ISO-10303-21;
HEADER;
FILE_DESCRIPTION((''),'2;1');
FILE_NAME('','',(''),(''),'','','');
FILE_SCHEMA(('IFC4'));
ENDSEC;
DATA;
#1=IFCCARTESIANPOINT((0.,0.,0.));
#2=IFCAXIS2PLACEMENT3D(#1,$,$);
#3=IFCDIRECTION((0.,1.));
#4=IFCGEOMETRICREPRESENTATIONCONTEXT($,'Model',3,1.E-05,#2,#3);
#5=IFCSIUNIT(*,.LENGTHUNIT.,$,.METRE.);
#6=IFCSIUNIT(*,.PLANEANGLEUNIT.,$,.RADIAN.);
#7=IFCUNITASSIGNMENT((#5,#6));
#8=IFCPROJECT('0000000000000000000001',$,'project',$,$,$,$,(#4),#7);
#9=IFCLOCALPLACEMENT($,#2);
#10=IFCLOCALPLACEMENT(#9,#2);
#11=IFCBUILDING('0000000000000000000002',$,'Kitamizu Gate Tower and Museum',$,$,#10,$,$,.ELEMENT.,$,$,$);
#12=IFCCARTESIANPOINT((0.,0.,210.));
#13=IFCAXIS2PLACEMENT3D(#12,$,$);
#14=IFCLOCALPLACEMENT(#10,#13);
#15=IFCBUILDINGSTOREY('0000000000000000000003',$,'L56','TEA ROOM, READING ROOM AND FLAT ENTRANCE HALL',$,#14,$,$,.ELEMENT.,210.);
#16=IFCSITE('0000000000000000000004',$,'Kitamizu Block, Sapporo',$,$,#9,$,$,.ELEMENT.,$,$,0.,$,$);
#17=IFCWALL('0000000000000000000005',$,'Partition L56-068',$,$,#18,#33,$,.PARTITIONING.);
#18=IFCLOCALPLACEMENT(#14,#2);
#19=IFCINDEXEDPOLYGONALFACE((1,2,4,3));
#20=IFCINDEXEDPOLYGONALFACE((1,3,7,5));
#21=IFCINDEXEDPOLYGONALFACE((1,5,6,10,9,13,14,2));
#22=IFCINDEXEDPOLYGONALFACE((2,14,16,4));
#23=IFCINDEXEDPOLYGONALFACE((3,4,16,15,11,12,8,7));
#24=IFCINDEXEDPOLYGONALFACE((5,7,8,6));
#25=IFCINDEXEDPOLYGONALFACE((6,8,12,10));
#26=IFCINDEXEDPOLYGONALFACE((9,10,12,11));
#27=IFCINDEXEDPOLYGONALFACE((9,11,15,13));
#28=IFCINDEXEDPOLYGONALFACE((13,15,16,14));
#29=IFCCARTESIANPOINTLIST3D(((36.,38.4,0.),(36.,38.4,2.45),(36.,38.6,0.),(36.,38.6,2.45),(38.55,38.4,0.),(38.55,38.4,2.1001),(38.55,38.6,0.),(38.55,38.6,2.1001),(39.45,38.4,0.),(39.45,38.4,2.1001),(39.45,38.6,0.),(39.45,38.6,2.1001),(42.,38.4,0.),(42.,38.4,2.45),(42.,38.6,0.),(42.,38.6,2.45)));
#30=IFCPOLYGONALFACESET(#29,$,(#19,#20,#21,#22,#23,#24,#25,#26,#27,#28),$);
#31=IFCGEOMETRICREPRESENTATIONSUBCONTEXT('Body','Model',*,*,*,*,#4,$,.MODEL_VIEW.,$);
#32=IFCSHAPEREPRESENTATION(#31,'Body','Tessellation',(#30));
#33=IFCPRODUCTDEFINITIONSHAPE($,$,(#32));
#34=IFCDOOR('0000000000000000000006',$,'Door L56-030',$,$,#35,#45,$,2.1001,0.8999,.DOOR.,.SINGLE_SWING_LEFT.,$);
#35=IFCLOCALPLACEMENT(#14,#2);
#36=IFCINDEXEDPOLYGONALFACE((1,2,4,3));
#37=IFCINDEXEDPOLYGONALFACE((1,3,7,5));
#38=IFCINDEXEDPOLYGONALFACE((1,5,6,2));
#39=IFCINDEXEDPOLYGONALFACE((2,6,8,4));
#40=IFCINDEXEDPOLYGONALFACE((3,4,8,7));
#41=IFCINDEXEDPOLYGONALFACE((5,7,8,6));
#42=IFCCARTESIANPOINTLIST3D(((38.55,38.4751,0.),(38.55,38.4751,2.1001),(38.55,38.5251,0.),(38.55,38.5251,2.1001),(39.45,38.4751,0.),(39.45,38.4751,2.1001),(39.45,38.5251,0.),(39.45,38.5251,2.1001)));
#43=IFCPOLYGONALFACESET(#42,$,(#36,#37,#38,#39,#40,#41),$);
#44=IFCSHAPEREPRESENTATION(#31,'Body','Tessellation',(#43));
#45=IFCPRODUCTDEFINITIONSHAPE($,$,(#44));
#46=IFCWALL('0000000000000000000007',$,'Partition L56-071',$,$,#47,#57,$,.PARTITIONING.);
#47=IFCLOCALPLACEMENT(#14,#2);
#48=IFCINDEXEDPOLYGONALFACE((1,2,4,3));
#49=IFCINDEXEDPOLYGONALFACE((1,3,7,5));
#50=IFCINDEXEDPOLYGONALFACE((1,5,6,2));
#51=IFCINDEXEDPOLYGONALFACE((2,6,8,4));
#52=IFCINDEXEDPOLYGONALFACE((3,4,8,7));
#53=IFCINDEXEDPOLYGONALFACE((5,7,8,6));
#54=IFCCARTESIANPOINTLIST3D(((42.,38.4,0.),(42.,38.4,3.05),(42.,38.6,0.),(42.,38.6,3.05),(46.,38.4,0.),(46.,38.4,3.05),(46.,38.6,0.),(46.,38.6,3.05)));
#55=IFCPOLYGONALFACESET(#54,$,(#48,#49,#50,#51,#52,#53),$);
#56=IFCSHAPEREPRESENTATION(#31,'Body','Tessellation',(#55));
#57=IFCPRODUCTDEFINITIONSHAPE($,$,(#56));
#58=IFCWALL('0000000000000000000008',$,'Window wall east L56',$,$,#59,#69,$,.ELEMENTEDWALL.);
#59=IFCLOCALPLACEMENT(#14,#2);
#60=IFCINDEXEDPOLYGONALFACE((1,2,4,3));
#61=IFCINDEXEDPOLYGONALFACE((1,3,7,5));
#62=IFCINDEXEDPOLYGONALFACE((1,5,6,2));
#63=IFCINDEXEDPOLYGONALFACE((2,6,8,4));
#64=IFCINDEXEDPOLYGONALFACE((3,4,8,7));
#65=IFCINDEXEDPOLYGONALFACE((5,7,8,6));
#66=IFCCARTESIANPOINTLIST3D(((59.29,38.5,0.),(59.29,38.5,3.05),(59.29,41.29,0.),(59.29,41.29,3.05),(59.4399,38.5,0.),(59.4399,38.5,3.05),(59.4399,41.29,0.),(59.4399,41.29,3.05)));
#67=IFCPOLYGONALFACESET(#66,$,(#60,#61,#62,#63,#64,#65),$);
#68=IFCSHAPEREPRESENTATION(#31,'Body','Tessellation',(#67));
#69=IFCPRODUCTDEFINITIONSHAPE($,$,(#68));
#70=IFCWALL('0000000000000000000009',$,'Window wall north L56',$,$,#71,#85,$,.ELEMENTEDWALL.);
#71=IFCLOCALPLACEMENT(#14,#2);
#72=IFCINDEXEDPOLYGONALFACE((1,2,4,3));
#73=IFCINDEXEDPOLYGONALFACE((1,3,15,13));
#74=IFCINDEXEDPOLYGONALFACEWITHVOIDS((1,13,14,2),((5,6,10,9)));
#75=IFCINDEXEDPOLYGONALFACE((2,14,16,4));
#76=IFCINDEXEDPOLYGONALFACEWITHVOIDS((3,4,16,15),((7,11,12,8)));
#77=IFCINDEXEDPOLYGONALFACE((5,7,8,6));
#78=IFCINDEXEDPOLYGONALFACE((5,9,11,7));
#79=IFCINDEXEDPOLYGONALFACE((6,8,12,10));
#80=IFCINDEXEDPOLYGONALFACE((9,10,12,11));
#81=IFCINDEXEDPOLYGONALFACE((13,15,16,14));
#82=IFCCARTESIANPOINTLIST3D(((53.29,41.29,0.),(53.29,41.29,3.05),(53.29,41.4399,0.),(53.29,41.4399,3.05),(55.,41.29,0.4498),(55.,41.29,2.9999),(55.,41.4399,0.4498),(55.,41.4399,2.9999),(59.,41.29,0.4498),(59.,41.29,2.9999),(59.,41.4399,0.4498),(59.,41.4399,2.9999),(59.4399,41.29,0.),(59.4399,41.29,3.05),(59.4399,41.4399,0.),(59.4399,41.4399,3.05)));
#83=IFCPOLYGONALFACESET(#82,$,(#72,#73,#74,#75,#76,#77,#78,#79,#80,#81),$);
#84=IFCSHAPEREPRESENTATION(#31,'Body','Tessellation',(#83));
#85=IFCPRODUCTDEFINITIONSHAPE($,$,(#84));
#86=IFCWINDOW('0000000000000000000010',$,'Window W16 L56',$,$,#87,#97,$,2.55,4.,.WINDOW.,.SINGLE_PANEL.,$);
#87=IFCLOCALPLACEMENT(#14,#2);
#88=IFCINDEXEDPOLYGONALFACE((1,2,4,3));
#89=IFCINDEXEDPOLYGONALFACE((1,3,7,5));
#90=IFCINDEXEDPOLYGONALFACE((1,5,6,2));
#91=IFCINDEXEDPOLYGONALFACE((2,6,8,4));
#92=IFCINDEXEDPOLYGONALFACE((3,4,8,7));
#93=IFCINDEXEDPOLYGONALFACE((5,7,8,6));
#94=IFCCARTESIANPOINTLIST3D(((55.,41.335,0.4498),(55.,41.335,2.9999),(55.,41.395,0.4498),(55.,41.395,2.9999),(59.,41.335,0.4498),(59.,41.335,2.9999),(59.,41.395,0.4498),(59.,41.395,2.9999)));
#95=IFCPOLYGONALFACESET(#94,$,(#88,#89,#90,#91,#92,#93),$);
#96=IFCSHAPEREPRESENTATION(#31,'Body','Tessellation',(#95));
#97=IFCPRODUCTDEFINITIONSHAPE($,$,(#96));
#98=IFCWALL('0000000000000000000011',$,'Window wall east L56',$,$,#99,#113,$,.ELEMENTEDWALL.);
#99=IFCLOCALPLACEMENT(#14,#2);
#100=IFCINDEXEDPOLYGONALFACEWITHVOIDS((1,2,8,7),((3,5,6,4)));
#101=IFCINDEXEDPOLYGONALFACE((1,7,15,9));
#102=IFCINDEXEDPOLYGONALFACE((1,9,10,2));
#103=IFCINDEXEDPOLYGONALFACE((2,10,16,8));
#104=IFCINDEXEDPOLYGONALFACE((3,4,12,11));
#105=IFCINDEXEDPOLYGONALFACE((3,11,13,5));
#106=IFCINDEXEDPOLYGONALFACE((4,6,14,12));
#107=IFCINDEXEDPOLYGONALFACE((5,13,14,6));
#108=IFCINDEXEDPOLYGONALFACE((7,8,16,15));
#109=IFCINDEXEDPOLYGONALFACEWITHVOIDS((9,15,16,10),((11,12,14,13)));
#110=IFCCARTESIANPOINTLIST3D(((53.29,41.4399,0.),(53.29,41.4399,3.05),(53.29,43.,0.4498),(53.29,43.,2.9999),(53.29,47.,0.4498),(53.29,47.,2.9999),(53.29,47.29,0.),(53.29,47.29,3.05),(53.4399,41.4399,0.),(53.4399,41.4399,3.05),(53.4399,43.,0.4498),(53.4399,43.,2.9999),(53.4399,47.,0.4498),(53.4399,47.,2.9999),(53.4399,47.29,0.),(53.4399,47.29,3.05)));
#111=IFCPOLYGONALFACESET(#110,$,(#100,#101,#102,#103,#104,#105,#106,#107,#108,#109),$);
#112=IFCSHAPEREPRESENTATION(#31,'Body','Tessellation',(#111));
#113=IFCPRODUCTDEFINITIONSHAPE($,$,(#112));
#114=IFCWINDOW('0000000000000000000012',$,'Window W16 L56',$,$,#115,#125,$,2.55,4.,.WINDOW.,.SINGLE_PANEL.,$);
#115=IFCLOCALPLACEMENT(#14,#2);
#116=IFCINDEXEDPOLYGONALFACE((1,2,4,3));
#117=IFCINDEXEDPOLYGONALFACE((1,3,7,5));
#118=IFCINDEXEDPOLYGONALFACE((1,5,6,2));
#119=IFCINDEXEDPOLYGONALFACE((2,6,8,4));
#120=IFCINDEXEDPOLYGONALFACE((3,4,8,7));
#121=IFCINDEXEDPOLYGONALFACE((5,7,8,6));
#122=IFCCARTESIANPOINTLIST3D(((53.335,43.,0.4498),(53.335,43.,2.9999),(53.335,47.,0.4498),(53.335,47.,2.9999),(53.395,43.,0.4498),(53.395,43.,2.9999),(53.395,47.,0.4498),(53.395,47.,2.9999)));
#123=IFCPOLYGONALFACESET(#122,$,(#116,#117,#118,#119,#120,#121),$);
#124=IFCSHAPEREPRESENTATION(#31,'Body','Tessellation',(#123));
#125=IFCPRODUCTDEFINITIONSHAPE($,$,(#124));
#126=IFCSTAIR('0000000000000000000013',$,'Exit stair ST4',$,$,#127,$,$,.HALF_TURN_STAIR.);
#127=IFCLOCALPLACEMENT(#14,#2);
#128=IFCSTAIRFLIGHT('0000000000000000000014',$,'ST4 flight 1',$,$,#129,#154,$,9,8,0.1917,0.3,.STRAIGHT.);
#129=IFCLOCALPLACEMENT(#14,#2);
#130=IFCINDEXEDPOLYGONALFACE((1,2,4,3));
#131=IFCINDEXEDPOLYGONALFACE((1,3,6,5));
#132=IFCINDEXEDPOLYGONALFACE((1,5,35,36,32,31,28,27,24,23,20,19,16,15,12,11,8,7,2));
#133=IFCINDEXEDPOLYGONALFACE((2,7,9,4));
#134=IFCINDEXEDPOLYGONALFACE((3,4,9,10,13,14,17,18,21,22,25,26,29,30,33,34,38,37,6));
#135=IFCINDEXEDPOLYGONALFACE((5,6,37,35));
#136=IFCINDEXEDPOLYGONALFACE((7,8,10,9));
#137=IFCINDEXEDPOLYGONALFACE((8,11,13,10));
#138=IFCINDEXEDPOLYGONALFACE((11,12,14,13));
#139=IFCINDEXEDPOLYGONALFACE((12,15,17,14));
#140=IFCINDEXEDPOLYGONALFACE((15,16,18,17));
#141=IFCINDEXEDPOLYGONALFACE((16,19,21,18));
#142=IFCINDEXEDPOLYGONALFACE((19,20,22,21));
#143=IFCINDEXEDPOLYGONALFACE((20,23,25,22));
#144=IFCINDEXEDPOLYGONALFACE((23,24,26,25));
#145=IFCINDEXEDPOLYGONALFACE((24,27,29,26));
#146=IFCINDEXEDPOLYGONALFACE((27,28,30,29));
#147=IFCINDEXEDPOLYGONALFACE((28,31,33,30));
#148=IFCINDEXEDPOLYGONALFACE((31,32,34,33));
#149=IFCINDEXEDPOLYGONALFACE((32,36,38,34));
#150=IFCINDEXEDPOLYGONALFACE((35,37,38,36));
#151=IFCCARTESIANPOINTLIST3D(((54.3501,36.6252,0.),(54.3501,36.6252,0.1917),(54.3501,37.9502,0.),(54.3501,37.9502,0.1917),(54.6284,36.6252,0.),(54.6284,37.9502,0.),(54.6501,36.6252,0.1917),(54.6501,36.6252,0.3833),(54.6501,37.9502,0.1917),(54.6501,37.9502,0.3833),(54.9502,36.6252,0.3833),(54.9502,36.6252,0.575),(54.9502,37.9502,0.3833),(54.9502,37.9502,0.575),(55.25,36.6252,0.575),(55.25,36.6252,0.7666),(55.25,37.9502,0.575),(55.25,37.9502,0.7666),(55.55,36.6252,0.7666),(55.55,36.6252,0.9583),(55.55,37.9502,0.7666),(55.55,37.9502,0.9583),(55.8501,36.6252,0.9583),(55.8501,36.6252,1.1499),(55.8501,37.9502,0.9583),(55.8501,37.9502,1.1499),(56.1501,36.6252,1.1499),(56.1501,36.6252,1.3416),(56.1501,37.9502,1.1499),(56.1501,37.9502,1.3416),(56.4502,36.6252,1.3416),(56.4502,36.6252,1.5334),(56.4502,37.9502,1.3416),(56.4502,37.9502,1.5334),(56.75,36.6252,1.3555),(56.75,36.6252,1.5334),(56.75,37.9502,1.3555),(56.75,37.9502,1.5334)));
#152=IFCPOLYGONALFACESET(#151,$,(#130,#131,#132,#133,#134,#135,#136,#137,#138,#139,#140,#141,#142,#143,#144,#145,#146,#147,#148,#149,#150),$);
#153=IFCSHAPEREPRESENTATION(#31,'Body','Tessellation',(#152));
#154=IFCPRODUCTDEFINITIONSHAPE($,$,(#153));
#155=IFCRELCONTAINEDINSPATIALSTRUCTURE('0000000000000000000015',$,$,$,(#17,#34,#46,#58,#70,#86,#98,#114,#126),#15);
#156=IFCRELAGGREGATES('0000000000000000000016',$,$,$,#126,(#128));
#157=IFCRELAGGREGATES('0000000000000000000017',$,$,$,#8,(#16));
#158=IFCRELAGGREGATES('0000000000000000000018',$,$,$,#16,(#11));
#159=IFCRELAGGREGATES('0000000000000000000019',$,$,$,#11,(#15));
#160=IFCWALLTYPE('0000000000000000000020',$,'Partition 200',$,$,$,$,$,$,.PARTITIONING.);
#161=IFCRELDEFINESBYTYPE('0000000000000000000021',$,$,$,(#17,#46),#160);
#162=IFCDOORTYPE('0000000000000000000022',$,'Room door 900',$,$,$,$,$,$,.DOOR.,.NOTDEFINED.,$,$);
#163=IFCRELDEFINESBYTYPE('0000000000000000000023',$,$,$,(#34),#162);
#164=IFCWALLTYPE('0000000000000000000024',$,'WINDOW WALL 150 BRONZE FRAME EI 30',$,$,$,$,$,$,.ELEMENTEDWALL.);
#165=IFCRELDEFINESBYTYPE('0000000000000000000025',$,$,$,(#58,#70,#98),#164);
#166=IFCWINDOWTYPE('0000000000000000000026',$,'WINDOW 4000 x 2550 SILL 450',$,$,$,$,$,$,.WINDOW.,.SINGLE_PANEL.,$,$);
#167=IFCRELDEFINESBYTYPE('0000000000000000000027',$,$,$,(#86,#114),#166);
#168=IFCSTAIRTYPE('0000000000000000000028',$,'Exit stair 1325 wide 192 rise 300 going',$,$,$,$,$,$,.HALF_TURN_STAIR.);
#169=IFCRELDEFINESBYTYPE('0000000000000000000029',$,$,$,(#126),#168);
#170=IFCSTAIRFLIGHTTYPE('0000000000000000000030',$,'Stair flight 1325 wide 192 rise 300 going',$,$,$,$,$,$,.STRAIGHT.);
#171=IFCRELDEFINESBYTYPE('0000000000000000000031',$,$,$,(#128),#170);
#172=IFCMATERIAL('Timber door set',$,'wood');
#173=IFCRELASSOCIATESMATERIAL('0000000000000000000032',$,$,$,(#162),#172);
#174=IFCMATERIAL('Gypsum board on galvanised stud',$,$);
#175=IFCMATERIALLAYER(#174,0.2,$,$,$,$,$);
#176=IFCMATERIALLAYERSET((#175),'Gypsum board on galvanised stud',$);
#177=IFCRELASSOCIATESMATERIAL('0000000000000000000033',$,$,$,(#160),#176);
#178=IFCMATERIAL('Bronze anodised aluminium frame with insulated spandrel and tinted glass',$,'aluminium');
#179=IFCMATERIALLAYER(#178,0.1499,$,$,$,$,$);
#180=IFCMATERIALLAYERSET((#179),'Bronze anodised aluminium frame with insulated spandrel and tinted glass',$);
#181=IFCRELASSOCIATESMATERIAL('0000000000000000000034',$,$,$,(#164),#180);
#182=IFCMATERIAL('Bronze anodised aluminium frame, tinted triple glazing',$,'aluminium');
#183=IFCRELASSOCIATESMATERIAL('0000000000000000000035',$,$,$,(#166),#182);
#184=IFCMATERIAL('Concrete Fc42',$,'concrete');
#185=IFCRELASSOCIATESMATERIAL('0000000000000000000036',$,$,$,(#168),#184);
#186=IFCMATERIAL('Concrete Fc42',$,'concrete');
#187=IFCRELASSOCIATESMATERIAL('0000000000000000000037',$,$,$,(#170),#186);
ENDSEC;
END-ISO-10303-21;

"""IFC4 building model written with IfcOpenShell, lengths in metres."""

from ifc_helpers import new_model, si_unit, direction, frame, frame_2d, origin, place, context, subcontext, project, spatial, polyline, rectangle, outline, extrude, material, layer, layer_set, type_object, element, fill, aggregate, save


model = new_model("IFC4")

# Units and contexts
model_context = context("Model", 3, precision=1e-05, world=origin(), true_north=direction((0.0, 1.0)))
body_context = subcontext(model_context, "Body", "Model", "MODEL_VIEW")
ifc_project = project(units=[si_unit("LENGTHUNIT", "METRE"), si_unit("PLANEANGLEUNIT", "RADIAN")], contexts=[model_context])

# Site, building, storey
site_placement = place(None, origin())
site = spatial("IfcSite", under=ifc_project, at=site_placement, Name="Kitamizu Block, Sapporo", CompositionType="ELEMENT", RefElevation=0.0)
building_placement = place(site_placement, origin())
building = spatial("IfcBuilding", under=site, at=building_placement, Name="Kitamizu Gate Tower and Museum", CompositionType="ELEMENT")
storey_placement = place(building_placement, frame((0.0, 0.0, 210.0)))
storey = spatial("IfcBuildingStorey", under=building, at=storey_placement, Name="L56", Description="TEA ROOM, READING ROOM AND FLAT ENTRANCE HALL", CompositionType="ELEMENT", Elevation=210.0)

# Shared definitions
ifc_material_1 = material(Name="Timber door set", Category="wood")
door_type_1 = type_object("IfcDoorType", Name="Room door 900", OperationType="NOTDEFINED", PredefinedType="DOOR", material=ifc_material_1)
ifc_material_2 = material(Name="Gypsum board on galvanised stud")
ifc_layer_1 = layer(ifc_material_2, 0.2)
ifc_layer_set_1 = layer_set([ifc_layer_1], Name="Gypsum board on galvanised stud")
wall_type_1 = type_object("IfcWallType", Name="Partition 200", PredefinedType="PARTITIONING", material=ifc_layer_set_1)

# Wall, opening, door
wall_1_placement = place(storey_placement, frame((42.0, 38.5, 0.0), z_axis=(0.0, 0.0, 1.0), x_axis=(-1.0, 0.0, 0.0)))
wall_1 = element("IfcWall", 1, at=wall_1_placement, inside=storey, type_object=wall_type_1, Name="Partition L56-068", PredefinedType="PARTITIONING", context=body_context, shape_type="SweptSolid", body=[
    extrude(rectangle(XDim=6.0, YDim=0.2, at=frame_2d((3.0, 0.0))), origin(), (0.0, 0.0, 1.0), 2.45),
])
opening_1_placement = place(wall_1_placement, frame((2.55, 0.0, 0.0)))
opening_1 = element("IfcOpeningElement", 2, at=opening_1_placement, cuts=wall_1, PredefinedType="OPENING", context=body_context, shape_type="SweptSolid", body=[
    extrude(rectangle(XDim=0.8999, YDim=2.1001, at=frame_2d((0.45, 1.05))), frame((0.0, 0.1099, 0.0), z_axis=(0.0, -1.0, 0.0), x_axis=(1.0, 0.0, 0.0)), (0.0, 0.0, 1.0), 0.22),
])
door_1_placement = place(opening_1_placement, origin())
door_1 = element("IfcDoor", 3, at=door_1_placement, inside=storey, type_object=door_type_1, Name="Door L56-030", OperationType="SINGLE_SWING_LEFT", OverallHeight=2.1001, OverallWidth=0.8999, PredefinedType="DOOR", context=body_context, shape_type="SweptSolid", body=[
    extrude(rectangle(XDim=0.8999, YDim=2.1001, at=frame_2d((0.45, 1.05))), frame((0.0, 0.0249, 0.0), z_axis=(0.0, -1.0, 0.0), x_axis=(1.0, 0.0, 0.0)), (0.0, 0.0, 1.0), 0.05),
])
fill(opening_1, door_1)

# Walls
wall_2_placement = place(storey_placement, frame((46.0, 38.5, 0.0), z_axis=(0.0, 0.0, 1.0), x_axis=(-1.0, 0.0, 0.0)))
element("IfcWall", 4, at=wall_2_placement, inside=storey, type_object=wall_type_1, Name="Partition L56-071", PredefinedType="PARTITIONING", context=body_context, shape_type="SweptSolid", body=[
    extrude(rectangle(XDim=4.0, YDim=0.2, at=frame_2d((2.0, 0.0))), origin(), (0.0, 0.0, 1.0), 3.05),
])
ifc_material_3 = material(Name="Bronze anodised aluminium frame with insulated spandrel and tinted glass", Category="aluminium")
ifc_layer_2 = layer(ifc_material_3, 0.1499)
ifc_layer_set_2 = layer_set([ifc_layer_2], Name="Bronze anodised aluminium frame with insulated spandrel and tinted glass")
wall_type_2 = type_object("IfcWallType", Name="WINDOW WALL 150 BRONZE FRAME EI 30", PredefinedType="ELEMENTEDWALL", material=ifc_layer_set_2)
wall_3_placement = place(storey_placement, frame((59.365, 38.5, 0.0), z_axis=(0.0, 0.0, 1.0), x_axis=(0.0, 1.0, 0.0)))
element("IfcWall", 5, at=wall_3_placement, inside=storey, type_object=wall_type_2, Name="Window wall east L56", PredefinedType="ELEMENTEDWALL", context=body_context, shape_type="SweptSolid", body=[
    extrude(rectangle(XDim=2.79, YDim=0.1499, at=frame_2d((1.395, 0.0))), origin(), (0.0, 0.0, 1.0), 3.05),
])

# Walls, openings, windows
wall_4_placement = place(storey_placement, frame((53.29, 41.365, 0.0), z_axis=(0.0, 0.0, 1.0), x_axis=(1.0, 0.0, 0.0)))
wall_4 = element("IfcWall", 6, at=wall_4_placement, inside=storey, type_object=wall_type_2, Name="Window wall north L56", PredefinedType="ELEMENTEDWALL", context=body_context, shape_type="SweptSolid", body=[
    extrude(rectangle(XDim=6.1499, YDim=0.1499, at=frame_2d((3.075, 0.0))), origin(), (0.0, 0.0, 1.0), 3.05),
])
opening_2_placement = place(wall_4_placement, frame((1.71, 0.0, 0.45)))
opening_2 = element("IfcOpeningElement", 7, at=opening_2_placement, cuts=wall_4, PredefinedType="OPENING", context=body_context, shape_type="SweptSolid", body=[
    extrude(rectangle(XDim=4.0, YDim=2.55, at=frame_2d((2.0, 1.2749))), frame((0.0, 0.085, 0.0), z_axis=(0.0, -1.0, 0.0), x_axis=(1.0, 0.0, 0.0)), (0.0, 0.0, 1.0), 0.1699),
])
ifc_material_4 = material(Name="Bronze anodised aluminium frame, tinted triple glazing", Category="aluminium")
window_type = type_object("IfcWindowType", Name="WINDOW 4000 x 2550 SILL 450", PartitioningType="SINGLE_PANEL", PredefinedType="WINDOW", material=ifc_material_4)
window_1_placement = place(opening_2_placement, origin())
window_1 = element("IfcWindow", 8, at=window_1_placement, inside=storey, type_object=window_type, Name="Window W16 L56", OverallHeight=2.55, OverallWidth=4.0, PartitioningType="SINGLE_PANEL", PredefinedType="WINDOW", context=body_context, shape_type="SweptSolid", body=[
    extrude(rectangle(XDim=4.0, YDim=2.55, at=frame_2d((2.0, 1.2749))), frame((0.0, 0.03, 0.0), z_axis=(0.0, -1.0, 0.0), x_axis=(1.0, 0.0, 0.0)), (0.0, 0.0, 1.0), 0.0601),
])
fill(opening_2, window_1)
wall_5_placement = place(storey_placement, frame((53.365, 41.4399, 0.0), z_axis=(0.0, 0.0, 1.0), x_axis=(0.0, 1.0, 0.0)))
wall_5 = element("IfcWall", 9, at=wall_5_placement, inside=storey, type_object=wall_type_2, Name="Window wall east L56", PredefinedType="ELEMENTEDWALL", context=body_context, shape_type="SweptSolid", body=[
    extrude(rectangle(XDim=5.8501, YDim=0.1499, at=frame_2d((2.925, 0.0))), origin(), (0.0, 0.0, 1.0), 3.05),
])
opening_3_placement = place(wall_5_placement, frame((1.5601, 0.0, 0.45)))
opening_3 = element("IfcOpeningElement", 10, at=opening_3_placement, cuts=wall_5, PredefinedType="OPENING", context=body_context, shape_type="SweptSolid", body=[
    extrude(rectangle(XDim=4.0, YDim=2.55, at=frame_2d((2.0, 1.2749))), frame((0.0, 0.085, 0.0), z_axis=(0.0, -1.0, 0.0), x_axis=(1.0, 0.0, 0.0)), (0.0, 0.0, 1.0), 0.1699),
])
window_2_placement = place(opening_3_placement, origin())
window_2 = element("IfcWindow", 11, at=window_2_placement, inside=storey, type_object=window_type, Name="Window W16 L56", OverallHeight=2.55, OverallWidth=4.0, PartitioningType="SINGLE_PANEL", PredefinedType="WINDOW", context=body_context, shape_type="SweptSolid", body=[
    extrude(rectangle(XDim=4.0, YDim=2.55, at=frame_2d((2.0, 1.2749))), frame((0.0, 0.03, 0.0), z_axis=(0.0, -1.0, 0.0), x_axis=(1.0, 0.0, 0.0)), (0.0, 0.0, 1.0), 0.0601),
])
fill(opening_3, window_2)

# Stair, stair flight
ifc_material_5 = material(Name="Concrete Fc42", Category="concrete")
stair_type = type_object("IfcStairType", Name="Exit stair 1325 wide 192 rise 300 going", PredefinedType="HALF_TURN_STAIR", material=ifc_material_5)
stair_placement = place(storey_placement, origin())
stair = element("IfcStair", 12, at=stair_placement, inside=storey, type_object=stair_type, Name="Exit stair ST4", PredefinedType="HALF_TURN_STAIR")
ifc_material_6 = material(Name="Concrete Fc42", Category="concrete")
stair_flight_type = type_object("IfcStairFlightType", Name="Stair flight 1325 wide 192 rise 300 going", PredefinedType="STRAIGHT", material=ifc_material_6)
stair_flight_placement = place(storey_placement, frame((54.3501, 37.2876, 0.0), z_axis=(0.0, 0.0, 1.0), x_axis=(1.0, 0.0, 0.0)))
stair_flight = element("IfcStairFlight", 13, at=stair_flight_placement, type_object=stair_flight_type, Name="ST4 flight 1", NumberOfRisers=9, NumberOfTreads=8, PredefinedType="STRAIGHT", RiserHeight=0.1917, TreadLength=0.3, context=body_context, shape_type="SweptSolid", body=[
    extrude(outline(polyline([(0.0, 0.0), (0.0, 0.1917), (0.3, 0.1917), (0.3, 0.3833), (0.6001, 0.3833), (0.6001, 0.575), (0.8999, 0.575), (0.8999, 0.7666), (1.2, 0.7666), (1.2, 0.9583), (1.5, 0.9583), (1.5, 1.1499), (1.8, 1.1499), (1.8, 1.3416), (2.1001, 1.3416), (2.1001, 1.5334), (2.3999, 1.5334), (2.3999, 1.7251), (2.3999, 1.3555), (0.2783, 0.0), (0.0, 0.0)])), frame((0.0, 0.6626, 0.0), z_axis=(0.0, -1.0, 0.0), x_axis=(1.0, 0.0, 0.0)), (0.0, 0.0, 1.0), 1.325),
])
aggregate(stair, [stair_flight])

save(model, "model.ifc")
